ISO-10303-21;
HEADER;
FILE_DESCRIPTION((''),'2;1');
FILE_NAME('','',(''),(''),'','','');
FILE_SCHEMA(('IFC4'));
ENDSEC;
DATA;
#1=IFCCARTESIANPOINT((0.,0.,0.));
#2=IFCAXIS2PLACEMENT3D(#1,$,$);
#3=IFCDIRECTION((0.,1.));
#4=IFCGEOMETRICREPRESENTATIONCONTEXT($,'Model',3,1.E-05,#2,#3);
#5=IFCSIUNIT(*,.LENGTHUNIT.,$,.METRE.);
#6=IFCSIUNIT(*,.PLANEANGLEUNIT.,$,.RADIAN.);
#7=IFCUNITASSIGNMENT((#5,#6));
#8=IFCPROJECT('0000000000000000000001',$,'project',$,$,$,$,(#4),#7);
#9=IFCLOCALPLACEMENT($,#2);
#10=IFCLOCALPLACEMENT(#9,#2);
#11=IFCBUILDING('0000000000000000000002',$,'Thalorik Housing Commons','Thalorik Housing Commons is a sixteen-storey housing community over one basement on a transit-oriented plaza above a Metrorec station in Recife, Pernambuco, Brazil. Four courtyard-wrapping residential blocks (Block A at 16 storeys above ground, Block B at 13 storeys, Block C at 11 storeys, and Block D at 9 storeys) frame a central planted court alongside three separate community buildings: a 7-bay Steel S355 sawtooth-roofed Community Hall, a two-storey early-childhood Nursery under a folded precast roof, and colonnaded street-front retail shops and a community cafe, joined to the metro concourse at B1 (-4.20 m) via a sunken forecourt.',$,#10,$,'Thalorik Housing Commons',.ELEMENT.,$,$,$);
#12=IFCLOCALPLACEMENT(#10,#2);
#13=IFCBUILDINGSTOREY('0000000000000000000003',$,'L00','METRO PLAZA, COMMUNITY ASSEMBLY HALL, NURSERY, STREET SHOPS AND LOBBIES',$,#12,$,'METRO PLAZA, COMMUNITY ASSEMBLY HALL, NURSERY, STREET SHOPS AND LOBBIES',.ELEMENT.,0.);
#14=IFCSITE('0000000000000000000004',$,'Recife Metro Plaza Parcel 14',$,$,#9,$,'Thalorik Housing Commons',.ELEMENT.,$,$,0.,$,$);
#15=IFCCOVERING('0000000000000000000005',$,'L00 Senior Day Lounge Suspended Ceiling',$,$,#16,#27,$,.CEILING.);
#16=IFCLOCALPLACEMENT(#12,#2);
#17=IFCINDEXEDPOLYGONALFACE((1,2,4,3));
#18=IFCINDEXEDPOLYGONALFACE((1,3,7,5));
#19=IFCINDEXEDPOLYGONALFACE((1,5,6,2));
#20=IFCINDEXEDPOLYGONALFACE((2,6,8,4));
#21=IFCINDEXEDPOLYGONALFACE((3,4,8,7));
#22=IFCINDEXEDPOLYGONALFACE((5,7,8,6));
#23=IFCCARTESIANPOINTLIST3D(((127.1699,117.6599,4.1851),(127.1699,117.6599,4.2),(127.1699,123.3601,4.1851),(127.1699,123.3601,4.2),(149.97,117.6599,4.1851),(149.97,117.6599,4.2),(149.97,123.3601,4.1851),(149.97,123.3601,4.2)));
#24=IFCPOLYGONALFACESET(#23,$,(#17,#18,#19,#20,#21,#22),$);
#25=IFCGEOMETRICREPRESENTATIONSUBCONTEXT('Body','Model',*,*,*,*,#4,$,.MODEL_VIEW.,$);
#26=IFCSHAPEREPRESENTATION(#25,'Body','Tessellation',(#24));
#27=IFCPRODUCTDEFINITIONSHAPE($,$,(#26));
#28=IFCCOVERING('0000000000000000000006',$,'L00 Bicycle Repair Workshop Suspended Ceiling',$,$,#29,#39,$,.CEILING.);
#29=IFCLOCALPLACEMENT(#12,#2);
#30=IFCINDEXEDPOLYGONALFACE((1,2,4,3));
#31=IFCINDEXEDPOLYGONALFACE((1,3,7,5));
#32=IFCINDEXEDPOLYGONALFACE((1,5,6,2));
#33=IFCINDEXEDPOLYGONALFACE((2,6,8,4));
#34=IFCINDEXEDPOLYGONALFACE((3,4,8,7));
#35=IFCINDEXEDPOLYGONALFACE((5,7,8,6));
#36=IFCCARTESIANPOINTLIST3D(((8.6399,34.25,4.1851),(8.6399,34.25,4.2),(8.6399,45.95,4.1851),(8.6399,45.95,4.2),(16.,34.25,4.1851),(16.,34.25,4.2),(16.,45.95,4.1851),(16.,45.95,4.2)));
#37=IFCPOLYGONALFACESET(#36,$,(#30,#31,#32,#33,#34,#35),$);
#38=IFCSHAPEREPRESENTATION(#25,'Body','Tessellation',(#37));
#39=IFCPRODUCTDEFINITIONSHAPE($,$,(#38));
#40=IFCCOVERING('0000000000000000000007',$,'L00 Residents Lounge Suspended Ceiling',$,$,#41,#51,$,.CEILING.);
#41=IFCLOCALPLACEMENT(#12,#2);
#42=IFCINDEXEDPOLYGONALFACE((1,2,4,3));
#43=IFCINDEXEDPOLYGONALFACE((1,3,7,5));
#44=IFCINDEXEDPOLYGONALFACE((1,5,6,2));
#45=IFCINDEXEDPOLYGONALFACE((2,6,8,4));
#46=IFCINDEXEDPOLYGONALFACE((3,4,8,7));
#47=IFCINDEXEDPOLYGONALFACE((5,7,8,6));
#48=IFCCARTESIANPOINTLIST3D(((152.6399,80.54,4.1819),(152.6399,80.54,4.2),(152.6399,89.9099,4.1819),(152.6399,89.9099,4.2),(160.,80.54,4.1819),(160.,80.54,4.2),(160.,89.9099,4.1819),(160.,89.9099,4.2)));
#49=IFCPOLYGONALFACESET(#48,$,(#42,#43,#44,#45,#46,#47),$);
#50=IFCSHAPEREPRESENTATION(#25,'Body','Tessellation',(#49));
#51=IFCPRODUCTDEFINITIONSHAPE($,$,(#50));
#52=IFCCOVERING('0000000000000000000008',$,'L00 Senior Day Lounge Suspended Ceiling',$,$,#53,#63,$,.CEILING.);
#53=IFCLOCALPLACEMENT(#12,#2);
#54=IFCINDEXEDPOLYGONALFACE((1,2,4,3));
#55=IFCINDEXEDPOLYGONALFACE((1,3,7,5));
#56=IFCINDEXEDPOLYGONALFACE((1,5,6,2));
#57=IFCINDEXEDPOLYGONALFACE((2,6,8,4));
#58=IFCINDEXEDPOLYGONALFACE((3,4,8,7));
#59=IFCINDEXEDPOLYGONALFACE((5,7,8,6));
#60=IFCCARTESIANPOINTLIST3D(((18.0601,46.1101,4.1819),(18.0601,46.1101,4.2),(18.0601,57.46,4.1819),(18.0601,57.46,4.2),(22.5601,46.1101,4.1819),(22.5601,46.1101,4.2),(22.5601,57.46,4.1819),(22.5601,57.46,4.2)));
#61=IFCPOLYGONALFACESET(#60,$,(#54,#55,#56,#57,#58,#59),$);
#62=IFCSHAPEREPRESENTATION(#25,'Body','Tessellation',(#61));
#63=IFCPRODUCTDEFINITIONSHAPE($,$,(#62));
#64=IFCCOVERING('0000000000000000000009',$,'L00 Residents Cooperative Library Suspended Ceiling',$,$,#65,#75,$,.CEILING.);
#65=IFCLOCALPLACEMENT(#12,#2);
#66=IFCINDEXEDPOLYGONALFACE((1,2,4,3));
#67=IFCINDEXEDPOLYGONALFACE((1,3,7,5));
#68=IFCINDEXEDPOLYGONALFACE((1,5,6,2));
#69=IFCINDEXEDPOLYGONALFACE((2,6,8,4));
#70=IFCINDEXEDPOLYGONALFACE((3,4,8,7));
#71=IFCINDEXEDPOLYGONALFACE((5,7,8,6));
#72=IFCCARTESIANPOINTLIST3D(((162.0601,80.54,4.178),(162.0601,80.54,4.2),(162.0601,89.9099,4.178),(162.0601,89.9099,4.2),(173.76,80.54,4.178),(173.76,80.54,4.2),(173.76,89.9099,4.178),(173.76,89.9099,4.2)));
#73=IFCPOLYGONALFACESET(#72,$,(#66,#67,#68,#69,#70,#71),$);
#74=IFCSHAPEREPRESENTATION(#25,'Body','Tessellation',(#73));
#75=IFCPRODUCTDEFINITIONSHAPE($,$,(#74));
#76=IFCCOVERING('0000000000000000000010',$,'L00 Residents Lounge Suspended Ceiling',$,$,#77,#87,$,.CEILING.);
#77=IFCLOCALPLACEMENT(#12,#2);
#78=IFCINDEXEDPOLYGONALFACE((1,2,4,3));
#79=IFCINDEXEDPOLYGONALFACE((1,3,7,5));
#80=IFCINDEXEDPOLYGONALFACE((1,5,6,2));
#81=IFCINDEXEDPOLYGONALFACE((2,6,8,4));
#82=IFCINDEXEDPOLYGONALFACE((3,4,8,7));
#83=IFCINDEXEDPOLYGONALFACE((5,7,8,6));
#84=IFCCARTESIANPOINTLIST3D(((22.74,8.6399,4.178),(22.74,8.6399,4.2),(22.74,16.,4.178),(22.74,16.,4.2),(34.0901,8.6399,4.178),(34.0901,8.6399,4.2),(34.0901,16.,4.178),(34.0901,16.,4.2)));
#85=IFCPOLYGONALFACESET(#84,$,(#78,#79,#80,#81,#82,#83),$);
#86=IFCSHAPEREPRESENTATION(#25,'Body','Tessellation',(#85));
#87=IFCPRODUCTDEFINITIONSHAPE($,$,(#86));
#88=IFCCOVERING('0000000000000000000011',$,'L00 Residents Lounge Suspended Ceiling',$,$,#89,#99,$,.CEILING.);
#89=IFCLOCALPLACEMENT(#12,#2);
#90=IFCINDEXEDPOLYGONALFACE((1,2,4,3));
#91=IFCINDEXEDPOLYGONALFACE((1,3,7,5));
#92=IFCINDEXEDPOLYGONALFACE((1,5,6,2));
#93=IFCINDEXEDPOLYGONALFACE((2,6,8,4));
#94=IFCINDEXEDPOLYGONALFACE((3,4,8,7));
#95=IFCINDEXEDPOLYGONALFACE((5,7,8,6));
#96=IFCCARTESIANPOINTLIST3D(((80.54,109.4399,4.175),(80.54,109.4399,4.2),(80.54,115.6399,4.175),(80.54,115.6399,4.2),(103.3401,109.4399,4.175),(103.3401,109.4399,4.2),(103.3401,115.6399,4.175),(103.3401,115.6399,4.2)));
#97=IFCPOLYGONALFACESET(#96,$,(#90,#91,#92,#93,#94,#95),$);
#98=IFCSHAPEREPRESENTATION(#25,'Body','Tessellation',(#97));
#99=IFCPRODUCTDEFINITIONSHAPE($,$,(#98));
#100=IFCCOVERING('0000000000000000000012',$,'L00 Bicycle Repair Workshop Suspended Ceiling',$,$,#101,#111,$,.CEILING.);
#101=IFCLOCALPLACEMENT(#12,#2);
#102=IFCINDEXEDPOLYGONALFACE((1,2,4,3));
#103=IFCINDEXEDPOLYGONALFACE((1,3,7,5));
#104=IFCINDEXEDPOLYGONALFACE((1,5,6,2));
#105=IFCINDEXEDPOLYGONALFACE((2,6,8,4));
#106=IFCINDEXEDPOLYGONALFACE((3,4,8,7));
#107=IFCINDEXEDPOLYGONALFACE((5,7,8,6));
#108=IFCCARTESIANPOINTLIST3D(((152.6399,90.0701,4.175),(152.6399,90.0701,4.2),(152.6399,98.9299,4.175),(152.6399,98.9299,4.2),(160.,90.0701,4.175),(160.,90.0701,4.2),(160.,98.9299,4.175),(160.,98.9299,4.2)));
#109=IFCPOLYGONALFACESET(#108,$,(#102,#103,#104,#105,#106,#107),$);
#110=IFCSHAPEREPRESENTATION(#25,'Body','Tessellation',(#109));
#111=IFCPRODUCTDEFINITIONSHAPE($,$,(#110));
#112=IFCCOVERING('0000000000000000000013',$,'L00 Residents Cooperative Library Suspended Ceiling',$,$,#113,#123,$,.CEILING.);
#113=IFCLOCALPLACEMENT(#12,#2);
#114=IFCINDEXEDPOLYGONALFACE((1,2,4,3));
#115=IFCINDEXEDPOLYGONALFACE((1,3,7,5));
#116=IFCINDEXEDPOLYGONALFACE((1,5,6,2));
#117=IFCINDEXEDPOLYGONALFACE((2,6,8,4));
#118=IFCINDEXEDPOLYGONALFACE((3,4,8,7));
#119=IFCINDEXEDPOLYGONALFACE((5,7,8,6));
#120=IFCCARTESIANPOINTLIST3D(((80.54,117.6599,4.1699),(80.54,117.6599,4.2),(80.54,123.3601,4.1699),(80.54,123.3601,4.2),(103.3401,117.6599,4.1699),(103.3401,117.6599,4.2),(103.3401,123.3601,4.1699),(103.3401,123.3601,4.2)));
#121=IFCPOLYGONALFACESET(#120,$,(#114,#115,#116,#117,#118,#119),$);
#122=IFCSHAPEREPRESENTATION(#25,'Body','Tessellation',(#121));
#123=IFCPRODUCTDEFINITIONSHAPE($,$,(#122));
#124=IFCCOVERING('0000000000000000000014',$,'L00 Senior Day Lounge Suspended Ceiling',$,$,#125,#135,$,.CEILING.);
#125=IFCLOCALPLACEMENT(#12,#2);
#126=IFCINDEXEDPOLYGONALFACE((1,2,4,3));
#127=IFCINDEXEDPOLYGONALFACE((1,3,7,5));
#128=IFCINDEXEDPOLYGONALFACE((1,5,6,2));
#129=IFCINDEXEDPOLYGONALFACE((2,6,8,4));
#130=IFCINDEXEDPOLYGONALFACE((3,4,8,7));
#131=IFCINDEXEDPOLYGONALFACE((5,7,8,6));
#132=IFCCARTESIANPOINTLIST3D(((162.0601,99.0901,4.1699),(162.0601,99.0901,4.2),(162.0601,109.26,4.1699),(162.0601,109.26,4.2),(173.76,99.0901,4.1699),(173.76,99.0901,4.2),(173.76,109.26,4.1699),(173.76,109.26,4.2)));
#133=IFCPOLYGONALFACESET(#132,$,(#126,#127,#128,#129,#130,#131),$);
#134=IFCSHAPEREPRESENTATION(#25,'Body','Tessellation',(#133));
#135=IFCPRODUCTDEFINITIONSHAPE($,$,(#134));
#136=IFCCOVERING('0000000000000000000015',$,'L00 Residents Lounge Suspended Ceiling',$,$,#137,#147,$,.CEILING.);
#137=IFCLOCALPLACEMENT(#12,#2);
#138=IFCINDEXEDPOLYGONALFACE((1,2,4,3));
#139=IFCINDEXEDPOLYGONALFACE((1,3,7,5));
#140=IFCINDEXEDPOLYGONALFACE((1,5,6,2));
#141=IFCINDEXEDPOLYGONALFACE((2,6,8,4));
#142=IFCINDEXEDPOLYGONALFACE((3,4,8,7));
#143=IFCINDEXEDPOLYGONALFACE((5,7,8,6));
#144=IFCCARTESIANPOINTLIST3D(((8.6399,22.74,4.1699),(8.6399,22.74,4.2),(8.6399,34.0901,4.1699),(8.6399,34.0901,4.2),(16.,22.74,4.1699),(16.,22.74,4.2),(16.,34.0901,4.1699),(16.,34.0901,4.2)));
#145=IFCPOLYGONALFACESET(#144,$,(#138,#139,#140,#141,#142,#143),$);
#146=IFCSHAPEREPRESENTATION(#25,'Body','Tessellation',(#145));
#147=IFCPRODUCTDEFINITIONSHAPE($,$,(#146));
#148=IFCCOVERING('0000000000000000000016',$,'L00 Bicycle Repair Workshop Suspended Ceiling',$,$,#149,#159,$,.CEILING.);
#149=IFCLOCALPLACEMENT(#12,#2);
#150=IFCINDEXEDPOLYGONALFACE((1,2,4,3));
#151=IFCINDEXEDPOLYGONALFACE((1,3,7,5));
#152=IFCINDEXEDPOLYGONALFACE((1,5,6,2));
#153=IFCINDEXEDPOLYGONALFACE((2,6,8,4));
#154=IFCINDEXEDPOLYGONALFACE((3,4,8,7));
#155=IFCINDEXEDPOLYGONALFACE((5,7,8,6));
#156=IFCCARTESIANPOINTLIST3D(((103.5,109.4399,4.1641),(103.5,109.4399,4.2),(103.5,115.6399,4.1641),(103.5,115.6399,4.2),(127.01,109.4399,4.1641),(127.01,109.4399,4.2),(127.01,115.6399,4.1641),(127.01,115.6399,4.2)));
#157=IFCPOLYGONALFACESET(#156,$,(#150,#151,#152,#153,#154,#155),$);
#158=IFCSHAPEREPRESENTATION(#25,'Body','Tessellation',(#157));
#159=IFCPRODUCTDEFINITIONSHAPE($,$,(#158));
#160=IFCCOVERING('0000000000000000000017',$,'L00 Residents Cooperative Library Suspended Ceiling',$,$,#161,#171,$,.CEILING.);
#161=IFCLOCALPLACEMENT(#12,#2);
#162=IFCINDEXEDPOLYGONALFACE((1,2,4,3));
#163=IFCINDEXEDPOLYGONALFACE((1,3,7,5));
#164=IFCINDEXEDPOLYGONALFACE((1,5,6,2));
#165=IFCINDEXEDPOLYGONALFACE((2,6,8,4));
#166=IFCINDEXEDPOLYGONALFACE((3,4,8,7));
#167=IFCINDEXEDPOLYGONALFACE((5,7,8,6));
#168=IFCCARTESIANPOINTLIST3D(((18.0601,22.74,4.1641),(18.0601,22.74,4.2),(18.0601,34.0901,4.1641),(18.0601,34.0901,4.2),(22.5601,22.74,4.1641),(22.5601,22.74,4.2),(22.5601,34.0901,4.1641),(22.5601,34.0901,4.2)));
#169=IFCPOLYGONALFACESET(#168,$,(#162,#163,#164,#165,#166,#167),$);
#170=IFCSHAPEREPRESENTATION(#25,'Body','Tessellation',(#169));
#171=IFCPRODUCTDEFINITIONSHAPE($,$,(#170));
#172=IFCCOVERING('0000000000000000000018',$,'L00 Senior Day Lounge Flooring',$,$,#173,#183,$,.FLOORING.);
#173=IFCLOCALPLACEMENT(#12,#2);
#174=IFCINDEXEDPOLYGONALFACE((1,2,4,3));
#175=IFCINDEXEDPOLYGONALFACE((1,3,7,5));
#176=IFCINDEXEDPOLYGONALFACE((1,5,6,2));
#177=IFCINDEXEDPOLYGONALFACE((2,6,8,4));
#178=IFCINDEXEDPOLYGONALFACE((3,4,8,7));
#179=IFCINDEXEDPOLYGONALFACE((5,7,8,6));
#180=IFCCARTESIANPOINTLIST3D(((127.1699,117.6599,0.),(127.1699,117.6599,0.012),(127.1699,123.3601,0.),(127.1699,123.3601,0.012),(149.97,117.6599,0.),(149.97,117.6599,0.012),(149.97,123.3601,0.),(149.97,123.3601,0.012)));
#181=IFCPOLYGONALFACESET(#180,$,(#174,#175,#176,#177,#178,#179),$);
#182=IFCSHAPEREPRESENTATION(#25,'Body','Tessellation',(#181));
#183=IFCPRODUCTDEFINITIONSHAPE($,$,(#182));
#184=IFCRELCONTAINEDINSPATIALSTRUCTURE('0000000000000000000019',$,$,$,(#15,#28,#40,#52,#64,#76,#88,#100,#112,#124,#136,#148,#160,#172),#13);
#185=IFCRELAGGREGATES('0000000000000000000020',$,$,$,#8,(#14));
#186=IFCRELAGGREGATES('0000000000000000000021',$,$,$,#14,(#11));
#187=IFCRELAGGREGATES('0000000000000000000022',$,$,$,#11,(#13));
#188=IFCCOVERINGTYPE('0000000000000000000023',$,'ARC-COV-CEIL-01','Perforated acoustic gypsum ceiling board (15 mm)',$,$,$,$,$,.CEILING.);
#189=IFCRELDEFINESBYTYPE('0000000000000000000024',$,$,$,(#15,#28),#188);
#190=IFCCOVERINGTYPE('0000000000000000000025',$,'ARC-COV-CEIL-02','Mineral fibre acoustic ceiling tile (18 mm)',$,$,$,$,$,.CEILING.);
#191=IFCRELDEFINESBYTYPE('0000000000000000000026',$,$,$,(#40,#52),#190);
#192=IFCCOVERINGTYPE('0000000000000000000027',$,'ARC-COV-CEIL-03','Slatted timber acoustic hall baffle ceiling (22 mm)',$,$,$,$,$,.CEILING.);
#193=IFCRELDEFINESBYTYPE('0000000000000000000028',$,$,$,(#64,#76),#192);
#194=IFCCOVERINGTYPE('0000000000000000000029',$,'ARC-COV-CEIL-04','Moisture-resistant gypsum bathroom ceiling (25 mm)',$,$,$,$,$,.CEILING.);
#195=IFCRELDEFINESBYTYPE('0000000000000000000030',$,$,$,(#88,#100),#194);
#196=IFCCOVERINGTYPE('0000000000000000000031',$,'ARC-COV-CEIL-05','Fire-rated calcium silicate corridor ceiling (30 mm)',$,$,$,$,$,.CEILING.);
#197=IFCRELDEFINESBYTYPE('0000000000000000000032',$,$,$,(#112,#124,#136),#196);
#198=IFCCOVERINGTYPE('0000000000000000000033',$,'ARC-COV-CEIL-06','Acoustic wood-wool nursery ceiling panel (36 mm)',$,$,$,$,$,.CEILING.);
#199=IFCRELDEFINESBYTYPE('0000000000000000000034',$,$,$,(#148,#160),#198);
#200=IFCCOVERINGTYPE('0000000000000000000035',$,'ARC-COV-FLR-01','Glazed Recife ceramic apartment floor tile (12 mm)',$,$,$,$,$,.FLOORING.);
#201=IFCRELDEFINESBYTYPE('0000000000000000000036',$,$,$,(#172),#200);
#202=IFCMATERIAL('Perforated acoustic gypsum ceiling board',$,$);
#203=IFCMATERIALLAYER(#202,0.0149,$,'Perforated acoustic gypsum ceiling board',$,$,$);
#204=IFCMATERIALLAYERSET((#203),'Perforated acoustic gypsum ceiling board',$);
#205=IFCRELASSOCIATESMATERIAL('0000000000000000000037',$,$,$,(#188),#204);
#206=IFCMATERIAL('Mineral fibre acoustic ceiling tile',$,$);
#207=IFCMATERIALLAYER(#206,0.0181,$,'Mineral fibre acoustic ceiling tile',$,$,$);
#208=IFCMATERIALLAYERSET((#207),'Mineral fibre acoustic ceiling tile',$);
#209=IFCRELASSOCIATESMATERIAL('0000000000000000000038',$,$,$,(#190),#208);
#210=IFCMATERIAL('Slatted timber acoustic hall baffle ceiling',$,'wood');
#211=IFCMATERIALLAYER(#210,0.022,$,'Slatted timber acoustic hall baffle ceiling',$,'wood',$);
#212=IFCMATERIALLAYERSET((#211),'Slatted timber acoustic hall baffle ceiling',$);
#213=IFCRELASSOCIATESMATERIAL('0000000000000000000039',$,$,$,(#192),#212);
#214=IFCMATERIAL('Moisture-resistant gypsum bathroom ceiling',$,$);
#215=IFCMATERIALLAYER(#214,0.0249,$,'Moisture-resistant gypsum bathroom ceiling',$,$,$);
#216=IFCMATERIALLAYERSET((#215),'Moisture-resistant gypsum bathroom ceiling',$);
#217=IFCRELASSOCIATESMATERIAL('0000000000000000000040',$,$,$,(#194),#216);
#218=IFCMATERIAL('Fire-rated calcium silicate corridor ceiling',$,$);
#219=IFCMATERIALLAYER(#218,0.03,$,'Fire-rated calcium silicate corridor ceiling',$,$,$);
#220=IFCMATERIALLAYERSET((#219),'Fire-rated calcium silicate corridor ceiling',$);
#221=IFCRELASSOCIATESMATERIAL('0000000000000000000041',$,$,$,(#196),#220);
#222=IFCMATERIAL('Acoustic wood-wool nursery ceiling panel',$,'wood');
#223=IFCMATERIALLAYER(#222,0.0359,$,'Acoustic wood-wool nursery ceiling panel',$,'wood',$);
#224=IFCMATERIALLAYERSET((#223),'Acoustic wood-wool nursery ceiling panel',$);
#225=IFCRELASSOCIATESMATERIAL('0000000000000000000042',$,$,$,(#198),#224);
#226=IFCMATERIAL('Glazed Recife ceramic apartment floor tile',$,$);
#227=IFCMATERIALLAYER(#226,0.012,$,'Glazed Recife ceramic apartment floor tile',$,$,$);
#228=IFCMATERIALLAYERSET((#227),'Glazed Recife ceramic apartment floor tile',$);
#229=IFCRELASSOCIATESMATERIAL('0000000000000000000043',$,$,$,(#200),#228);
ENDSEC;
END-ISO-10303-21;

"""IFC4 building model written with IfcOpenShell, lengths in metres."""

from ifc_helpers import new_model, si_unit, direction, frame, origin, place, context, subcontext, project, spatial, polyline, outline, extrude, material, layer, layer_set, type_object, element, save


model = new_model("IFC4")

# Units and contexts
model_context = context("Model", 3, precision=1e-05, world=origin(), true_north=direction((0.0, 1.0)))
body_context = subcontext(model_context, "Body", "Model", "MODEL_VIEW")
ifc_project = project(units=[si_unit("LENGTHUNIT", "METRE"), si_unit("PLANEANGLEUNIT", "RADIAN")], contexts=[model_context])

# Site, building, storey
site_placement = place(None, origin())
site = spatial("IfcSite", under=ifc_project, at=site_placement, Name="Recife Metro Plaza Parcel 14", LongName="Thalorik Housing Commons", CompositionType="ELEMENT", RefElevation=0.0)
building_placement = place(site_placement, origin())
building = spatial("IfcBuilding", under=site, at=building_placement, Name="Thalorik Housing Commons", Description="Thalorik Housing Commons is a sixteen-storey housing community over one basement on a transit-oriented plaza above a Metrorec station in Recife, Pernambuco, Brazil. Four courtyard-wrapping residential blocks (Block A at 16 storeys above ground, Block B at 13 storeys, Block C at 11 storeys, and Block D at 9 storeys) frame a central planted court alongside three separate community buildings: a 7-bay Steel S355 sawtooth-roofed Community Hall, a two-storey early-childhood Nursery under a folded precast roof, and colonnaded street-front retail shops and a community cafe, joined to the metro concourse at B1 (-4.20 m) via a sunken forecourt.", LongName="Thalorik Housing Commons", CompositionType="ELEMENT")
storey_placement = place(building_placement, origin())
storey = spatial("IfcBuildingStorey", under=building, at=storey_placement, Name="L00", Description="METRO PLAZA, COMMUNITY ASSEMBLY HALL, NURSERY, STREET SHOPS AND LOBBIES", LongName="METRO PLAZA, COMMUNITY ASSEMBLY HALL, NURSERY, STREET SHOPS AND LOBBIES", CompositionType="ELEMENT", Elevation=0.0)

# Coverings
ifc_material_1 = material(Name="Perforated acoustic gypsum ceiling board")
ifc_layer_1 = layer(ifc_material_1, 0.0149, Name="Perforated acoustic gypsum ceiling board")
ifc_layer_set_1 = layer_set([ifc_layer_1], Name="Perforated acoustic gypsum ceiling board")
covering_type_1 = type_object("IfcCoveringType", Name="ARC-COV-CEIL-01", Description="Perforated acoustic gypsum ceiling board (15 mm)", PredefinedType="CEILING", material=ifc_layer_set_1)
covering_1_placement = place(storey_placement, frame((0.0, 0.0, 4.1851)))
element("IfcCovering", 1, at=covering_1_placement, inside=storey, type_object=covering_type_1, Name="L00 Senior Day Lounge Suspended Ceiling", PredefinedType="CEILING", context=body_context, shape_type="SweptSolid", body=[
    extrude(outline(polyline([(149.97, 117.6599), (149.97, 123.3601), (127.1699, 123.3601), (127.1699, 117.6599), (149.97, 117.6599)])), origin(), (0.0, 0.0, 1.0), 0.0149),
])
covering_2_placement = place(storey_placement, frame((0.0, 0.0, 4.1851)))
element("IfcCovering", 2, at=covering_2_placement, inside=storey, type_object=covering_type_1, Name="L00 Bicycle Repair Workshop Suspended Ceiling", PredefinedType="CEILING", context=body_context, shape_type="SweptSolid", body=[
    extrude(outline(polyline([(16.0, 45.95), (8.6399, 45.95), (8.6399, 34.25), (16.0, 34.25), (16.0, 45.95)])), origin(), (0.0, 0.0, 1.0), 0.0149),
])
ifc_material_2 = material(Name="Mineral fibre acoustic ceiling tile")
ifc_layer_2 = layer(ifc_material_2, 0.0181, Name="Mineral fibre acoustic ceiling tile")
ifc_layer_set_2 = layer_set([ifc_layer_2], Name="Mineral fibre acoustic ceiling tile")
covering_type_2 = type_object("IfcCoveringType", Name="ARC-COV-CEIL-02", Description="Mineral fibre acoustic ceiling tile (18 mm)", PredefinedType="CEILING", material=ifc_layer_set_2)
covering_3_placement = place(storey_placement, frame((0.0, 0.0, 4.1819)))
element("IfcCovering", 3, at=covering_3_placement, inside=storey, type_object=covering_type_2, Name="L00 Residents Lounge Suspended Ceiling", PredefinedType="CEILING", context=body_context, shape_type="SweptSolid", body=[
    extrude(outline(polyline([(160.0, 89.9099), (152.6399, 89.9099), (152.6399, 80.54), (160.0, 80.54), (160.0, 89.9099)])), origin(), (0.0, 0.0, 1.0), 0.0181),
])
covering_4_placement = place(storey_placement, frame((0.0, 0.0, 4.1819)))
element("IfcCovering", 4, at=covering_4_placement, inside=storey, type_object=covering_type_2, Name="L00 Senior Day Lounge Suspended Ceiling", PredefinedType="CEILING", context=body_context, shape_type="SweptSolid", body=[
    extrude(outline(polyline([(22.5601, 57.46), (18.0601, 57.46), (18.0601, 46.1101), (22.5601, 46.1101), (22.5601, 57.46)])), origin(), (0.0, 0.0, 1.0), 0.0181),
])
ifc_material_3 = material(Name="Slatted timber acoustic hall baffle ceiling", Category="wood")
ifc_layer_3 = layer(ifc_material_3, 0.022, Name="Slatted timber acoustic hall baffle ceiling", Category="wood")
ifc_layer_set_3 = layer_set([ifc_layer_3], Name="Slatted timber acoustic hall baffle ceiling")
covering_type_3 = type_object("IfcCoveringType", Name="ARC-COV-CEIL-03", Description="Slatted timber acoustic hall baffle ceiling (22 mm)", PredefinedType="CEILING", material=ifc_layer_set_3)
covering_5_placement = place(storey_placement, frame((0.0, 0.0, 4.178)))
element("IfcCovering", 5, at=covering_5_placement, inside=storey, type_object=covering_type_3, Name="L00 Residents Cooperative Library Suspended Ceiling", PredefinedType="CEILING", context=body_context, shape_type="SweptSolid", body=[
    extrude(outline(polyline([(173.76, 89.9099), (162.0601, 89.9099), (162.0601, 80.54), (173.76, 80.54), (173.76, 89.9099)])), origin(), (0.0, 0.0, 1.0), 0.022),
])
covering_6_placement = place(storey_placement, frame((0.0, 0.0, 4.178)))
element("IfcCovering", 6, at=covering_6_placement, inside=storey, type_object=covering_type_3, Name="L00 Residents Lounge Suspended Ceiling", PredefinedType="CEILING", context=body_context, shape_type="SweptSolid", body=[
    extrude(outline(polyline([(34.0901, 8.6399), (34.0901, 16.0), (22.74, 16.0), (22.74, 8.6399), (34.0901, 8.6399)])), origin(), (0.0, 0.0, 1.0), 0.022),
])
ifc_material_4 = material(Name="Moisture-resistant gypsum bathroom ceiling")
ifc_layer_4 = layer(ifc_material_4, 0.0249, Name="Moisture-resistant gypsum bathroom ceiling")
ifc_layer_set_4 = layer_set([ifc_layer_4], Name="Moisture-resistant gypsum bathroom ceiling")
covering_type_4 = type_object("IfcCoveringType", Name="ARC-COV-CEIL-04", Description="Moisture-resistant gypsum bathroom ceiling (25 mm)", PredefinedType="CEILING", material=ifc_layer_set_4)
covering_7_placement = place(storey_placement, frame((0.0, 0.0, 4.175)))
element("IfcCovering", 7, at=covering_7_placement, inside=storey, type_object=covering_type_4, Name="L00 Residents Lounge Suspended Ceiling", PredefinedType="CEILING", context=body_context, shape_type="SweptSolid", body=[
    extrude(outline(polyline([(103.3401, 109.4399), (103.3401, 115.6399), (80.54, 115.6399), (80.54, 109.4399), (103.3401, 109.4399)])), origin(), (0.0, 0.0, 1.0), 0.0249),
])
covering_8_placement = place(storey_placement, frame((0.0, 0.0, 4.175)))
element("IfcCovering", 8, at=covering_8_placement, inside=storey, type_object=covering_type_4, Name="L00 Bicycle Repair Workshop Suspended Ceiling", PredefinedType="CEILING", context=body_context, shape_type="SweptSolid", body=[
    extrude(outline(polyline([(160.0, 98.9299), (152.6399, 98.9299), (152.6399, 90.0701), (160.0, 90.0701), (160.0, 98.9299)])), origin(), (0.0, 0.0, 1.0), 0.0249),
])
ifc_material_5 = material(Name="Fire-rated calcium silicate corridor ceiling")
ifc_layer_5 = layer(ifc_material_5, 0.03, Name="Fire-rated calcium silicate corridor ceiling")
ifc_layer_set_5 = layer_set([ifc_layer_5], Name="Fire-rated calcium silicate corridor ceiling")
covering_type_5 = type_object("IfcCoveringType", Name="ARC-COV-CEIL-05", Description="Fire-rated calcium silicate corridor ceiling (30 mm)", PredefinedType="CEILING", material=ifc_layer_set_5)
covering_9_placement = place(storey_placement, frame((0.0, 0.0, 4.1699)))
element("IfcCovering", 9, at=covering_9_placement, inside=storey, type_object=covering_type_5, Name="L00 Residents Cooperative Library Suspended Ceiling", PredefinedType="CEILING", context=body_context, shape_type="SweptSolid", body=[
    extrude(outline(polyline([(103.3401, 117.6599), (103.3401, 123.3601), (80.54, 123.3601), (80.54, 117.6599), (103.3401, 117.6599)])), origin(), (0.0, 0.0, 1.0), 0.03),
])
covering_10_placement = place(storey_placement, frame((0.0, 0.0, 4.1699)))
element("IfcCovering", 10, at=covering_10_placement, inside=storey, type_object=covering_type_5, Name="L00 Senior Day Lounge Suspended Ceiling", PredefinedType="CEILING", context=body_context, shape_type="SweptSolid", body=[
    extrude(outline(polyline([(173.76, 109.26), (162.0601, 109.26), (162.0601, 99.0901), (173.76, 99.0901), (173.76, 109.26)])), origin(), (0.0, 0.0, 1.0), 0.03),
])
covering_11_placement = place(storey_placement, frame((0.0, 0.0, 4.1699)))
element("IfcCovering", 11, at=covering_11_placement, inside=storey, type_object=covering_type_5, Name="L00 Residents Lounge Suspended Ceiling", PredefinedType="CEILING", context=body_context, shape_type="SweptSolid", body=[
    extrude(outline(polyline([(16.0, 34.0901), (8.6399, 34.0901), (8.6399, 22.74), (16.0, 22.74), (16.0, 34.0901)])), origin(), (0.0, 0.0, 1.0), 0.03),
])
ifc_material_6 = material(Name="Acoustic wood-wool nursery ceiling panel", Category="wood")
ifc_layer_6 = layer(ifc_material_6, 0.0359, Name="Acoustic wood-wool nursery ceiling panel", Category="wood")
ifc_layer_set_6 = layer_set([ifc_layer_6], Name="Acoustic wood-wool nursery ceiling panel")
covering_type_6 = type_object("IfcCoveringType", Name="ARC-COV-CEIL-06", Description="Acoustic wood-wool nursery ceiling panel (36 mm)", PredefinedType="CEILING", material=ifc_layer_set_6)
covering_12_placement = place(storey_placement, frame((0.0, 0.0, 4.1641)))
element("IfcCovering", 12, at=covering_12_placement, inside=storey, type_object=covering_type_6, Name="L00 Bicycle Repair Workshop Suspended Ceiling", PredefinedType="CEILING", context=body_context, shape_type="SweptSolid", body=[
    extrude(outline(polyline([(127.01, 109.4399), (127.01, 115.6399), (103.5, 115.6399), (103.5, 109.4399), (127.01, 109.4399)])), origin(), (0.0, 0.0, 1.0), 0.0359),
])
covering_13_placement = place(storey_placement, frame((0.0, 0.0, 4.1641)))
element("IfcCovering", 13, at=covering_13_placement, inside=storey, type_object=covering_type_6, Name="L00 Residents Cooperative Library Suspended Ceiling", PredefinedType="CEILING", context=body_context, shape_type="SweptSolid", body=[
    extrude(outline(polyline([(22.5601, 34.0901), (18.0601, 34.0901), (18.0601, 22.74), (22.5601, 22.74), (22.5601, 34.0901)])), origin(), (0.0, 0.0, 1.0), 0.0359),
])
ifc_material_7 = material(Name="Glazed Recife ceramic apartment floor tile")
ifc_layer_7 = layer(ifc_material_7, 0.012, Name="Glazed Recife ceramic apartment floor tile")
ifc_layer_set_7 = layer_set([ifc_layer_7], Name="Glazed Recife ceramic apartment floor tile")
covering_type_7 = type_object("IfcCoveringType", Name="ARC-COV-FLR-01", Description="Glazed Recife ceramic apartment floor tile (12 mm)", PredefinedType="FLOORING", material=ifc_layer_set_7)
covering_14_placement = place(storey_placement, origin())
element("IfcCovering", 14, at=covering_14_placement, inside=storey, type_object=covering_type_7, Name="L00 Senior Day Lounge Flooring", PredefinedType="FLOORING", context=body_context, shape_type="SweptSolid", body=[
    extrude(outline(polyline([(149.97, 117.6599), (149.97, 123.3601), (127.1699, 123.3601), (127.1699, 117.6599), (149.97, 117.6599)])), origin(), (0.0, 0.0, 1.0), 0.012),
])

save(model, "model.ifc")
